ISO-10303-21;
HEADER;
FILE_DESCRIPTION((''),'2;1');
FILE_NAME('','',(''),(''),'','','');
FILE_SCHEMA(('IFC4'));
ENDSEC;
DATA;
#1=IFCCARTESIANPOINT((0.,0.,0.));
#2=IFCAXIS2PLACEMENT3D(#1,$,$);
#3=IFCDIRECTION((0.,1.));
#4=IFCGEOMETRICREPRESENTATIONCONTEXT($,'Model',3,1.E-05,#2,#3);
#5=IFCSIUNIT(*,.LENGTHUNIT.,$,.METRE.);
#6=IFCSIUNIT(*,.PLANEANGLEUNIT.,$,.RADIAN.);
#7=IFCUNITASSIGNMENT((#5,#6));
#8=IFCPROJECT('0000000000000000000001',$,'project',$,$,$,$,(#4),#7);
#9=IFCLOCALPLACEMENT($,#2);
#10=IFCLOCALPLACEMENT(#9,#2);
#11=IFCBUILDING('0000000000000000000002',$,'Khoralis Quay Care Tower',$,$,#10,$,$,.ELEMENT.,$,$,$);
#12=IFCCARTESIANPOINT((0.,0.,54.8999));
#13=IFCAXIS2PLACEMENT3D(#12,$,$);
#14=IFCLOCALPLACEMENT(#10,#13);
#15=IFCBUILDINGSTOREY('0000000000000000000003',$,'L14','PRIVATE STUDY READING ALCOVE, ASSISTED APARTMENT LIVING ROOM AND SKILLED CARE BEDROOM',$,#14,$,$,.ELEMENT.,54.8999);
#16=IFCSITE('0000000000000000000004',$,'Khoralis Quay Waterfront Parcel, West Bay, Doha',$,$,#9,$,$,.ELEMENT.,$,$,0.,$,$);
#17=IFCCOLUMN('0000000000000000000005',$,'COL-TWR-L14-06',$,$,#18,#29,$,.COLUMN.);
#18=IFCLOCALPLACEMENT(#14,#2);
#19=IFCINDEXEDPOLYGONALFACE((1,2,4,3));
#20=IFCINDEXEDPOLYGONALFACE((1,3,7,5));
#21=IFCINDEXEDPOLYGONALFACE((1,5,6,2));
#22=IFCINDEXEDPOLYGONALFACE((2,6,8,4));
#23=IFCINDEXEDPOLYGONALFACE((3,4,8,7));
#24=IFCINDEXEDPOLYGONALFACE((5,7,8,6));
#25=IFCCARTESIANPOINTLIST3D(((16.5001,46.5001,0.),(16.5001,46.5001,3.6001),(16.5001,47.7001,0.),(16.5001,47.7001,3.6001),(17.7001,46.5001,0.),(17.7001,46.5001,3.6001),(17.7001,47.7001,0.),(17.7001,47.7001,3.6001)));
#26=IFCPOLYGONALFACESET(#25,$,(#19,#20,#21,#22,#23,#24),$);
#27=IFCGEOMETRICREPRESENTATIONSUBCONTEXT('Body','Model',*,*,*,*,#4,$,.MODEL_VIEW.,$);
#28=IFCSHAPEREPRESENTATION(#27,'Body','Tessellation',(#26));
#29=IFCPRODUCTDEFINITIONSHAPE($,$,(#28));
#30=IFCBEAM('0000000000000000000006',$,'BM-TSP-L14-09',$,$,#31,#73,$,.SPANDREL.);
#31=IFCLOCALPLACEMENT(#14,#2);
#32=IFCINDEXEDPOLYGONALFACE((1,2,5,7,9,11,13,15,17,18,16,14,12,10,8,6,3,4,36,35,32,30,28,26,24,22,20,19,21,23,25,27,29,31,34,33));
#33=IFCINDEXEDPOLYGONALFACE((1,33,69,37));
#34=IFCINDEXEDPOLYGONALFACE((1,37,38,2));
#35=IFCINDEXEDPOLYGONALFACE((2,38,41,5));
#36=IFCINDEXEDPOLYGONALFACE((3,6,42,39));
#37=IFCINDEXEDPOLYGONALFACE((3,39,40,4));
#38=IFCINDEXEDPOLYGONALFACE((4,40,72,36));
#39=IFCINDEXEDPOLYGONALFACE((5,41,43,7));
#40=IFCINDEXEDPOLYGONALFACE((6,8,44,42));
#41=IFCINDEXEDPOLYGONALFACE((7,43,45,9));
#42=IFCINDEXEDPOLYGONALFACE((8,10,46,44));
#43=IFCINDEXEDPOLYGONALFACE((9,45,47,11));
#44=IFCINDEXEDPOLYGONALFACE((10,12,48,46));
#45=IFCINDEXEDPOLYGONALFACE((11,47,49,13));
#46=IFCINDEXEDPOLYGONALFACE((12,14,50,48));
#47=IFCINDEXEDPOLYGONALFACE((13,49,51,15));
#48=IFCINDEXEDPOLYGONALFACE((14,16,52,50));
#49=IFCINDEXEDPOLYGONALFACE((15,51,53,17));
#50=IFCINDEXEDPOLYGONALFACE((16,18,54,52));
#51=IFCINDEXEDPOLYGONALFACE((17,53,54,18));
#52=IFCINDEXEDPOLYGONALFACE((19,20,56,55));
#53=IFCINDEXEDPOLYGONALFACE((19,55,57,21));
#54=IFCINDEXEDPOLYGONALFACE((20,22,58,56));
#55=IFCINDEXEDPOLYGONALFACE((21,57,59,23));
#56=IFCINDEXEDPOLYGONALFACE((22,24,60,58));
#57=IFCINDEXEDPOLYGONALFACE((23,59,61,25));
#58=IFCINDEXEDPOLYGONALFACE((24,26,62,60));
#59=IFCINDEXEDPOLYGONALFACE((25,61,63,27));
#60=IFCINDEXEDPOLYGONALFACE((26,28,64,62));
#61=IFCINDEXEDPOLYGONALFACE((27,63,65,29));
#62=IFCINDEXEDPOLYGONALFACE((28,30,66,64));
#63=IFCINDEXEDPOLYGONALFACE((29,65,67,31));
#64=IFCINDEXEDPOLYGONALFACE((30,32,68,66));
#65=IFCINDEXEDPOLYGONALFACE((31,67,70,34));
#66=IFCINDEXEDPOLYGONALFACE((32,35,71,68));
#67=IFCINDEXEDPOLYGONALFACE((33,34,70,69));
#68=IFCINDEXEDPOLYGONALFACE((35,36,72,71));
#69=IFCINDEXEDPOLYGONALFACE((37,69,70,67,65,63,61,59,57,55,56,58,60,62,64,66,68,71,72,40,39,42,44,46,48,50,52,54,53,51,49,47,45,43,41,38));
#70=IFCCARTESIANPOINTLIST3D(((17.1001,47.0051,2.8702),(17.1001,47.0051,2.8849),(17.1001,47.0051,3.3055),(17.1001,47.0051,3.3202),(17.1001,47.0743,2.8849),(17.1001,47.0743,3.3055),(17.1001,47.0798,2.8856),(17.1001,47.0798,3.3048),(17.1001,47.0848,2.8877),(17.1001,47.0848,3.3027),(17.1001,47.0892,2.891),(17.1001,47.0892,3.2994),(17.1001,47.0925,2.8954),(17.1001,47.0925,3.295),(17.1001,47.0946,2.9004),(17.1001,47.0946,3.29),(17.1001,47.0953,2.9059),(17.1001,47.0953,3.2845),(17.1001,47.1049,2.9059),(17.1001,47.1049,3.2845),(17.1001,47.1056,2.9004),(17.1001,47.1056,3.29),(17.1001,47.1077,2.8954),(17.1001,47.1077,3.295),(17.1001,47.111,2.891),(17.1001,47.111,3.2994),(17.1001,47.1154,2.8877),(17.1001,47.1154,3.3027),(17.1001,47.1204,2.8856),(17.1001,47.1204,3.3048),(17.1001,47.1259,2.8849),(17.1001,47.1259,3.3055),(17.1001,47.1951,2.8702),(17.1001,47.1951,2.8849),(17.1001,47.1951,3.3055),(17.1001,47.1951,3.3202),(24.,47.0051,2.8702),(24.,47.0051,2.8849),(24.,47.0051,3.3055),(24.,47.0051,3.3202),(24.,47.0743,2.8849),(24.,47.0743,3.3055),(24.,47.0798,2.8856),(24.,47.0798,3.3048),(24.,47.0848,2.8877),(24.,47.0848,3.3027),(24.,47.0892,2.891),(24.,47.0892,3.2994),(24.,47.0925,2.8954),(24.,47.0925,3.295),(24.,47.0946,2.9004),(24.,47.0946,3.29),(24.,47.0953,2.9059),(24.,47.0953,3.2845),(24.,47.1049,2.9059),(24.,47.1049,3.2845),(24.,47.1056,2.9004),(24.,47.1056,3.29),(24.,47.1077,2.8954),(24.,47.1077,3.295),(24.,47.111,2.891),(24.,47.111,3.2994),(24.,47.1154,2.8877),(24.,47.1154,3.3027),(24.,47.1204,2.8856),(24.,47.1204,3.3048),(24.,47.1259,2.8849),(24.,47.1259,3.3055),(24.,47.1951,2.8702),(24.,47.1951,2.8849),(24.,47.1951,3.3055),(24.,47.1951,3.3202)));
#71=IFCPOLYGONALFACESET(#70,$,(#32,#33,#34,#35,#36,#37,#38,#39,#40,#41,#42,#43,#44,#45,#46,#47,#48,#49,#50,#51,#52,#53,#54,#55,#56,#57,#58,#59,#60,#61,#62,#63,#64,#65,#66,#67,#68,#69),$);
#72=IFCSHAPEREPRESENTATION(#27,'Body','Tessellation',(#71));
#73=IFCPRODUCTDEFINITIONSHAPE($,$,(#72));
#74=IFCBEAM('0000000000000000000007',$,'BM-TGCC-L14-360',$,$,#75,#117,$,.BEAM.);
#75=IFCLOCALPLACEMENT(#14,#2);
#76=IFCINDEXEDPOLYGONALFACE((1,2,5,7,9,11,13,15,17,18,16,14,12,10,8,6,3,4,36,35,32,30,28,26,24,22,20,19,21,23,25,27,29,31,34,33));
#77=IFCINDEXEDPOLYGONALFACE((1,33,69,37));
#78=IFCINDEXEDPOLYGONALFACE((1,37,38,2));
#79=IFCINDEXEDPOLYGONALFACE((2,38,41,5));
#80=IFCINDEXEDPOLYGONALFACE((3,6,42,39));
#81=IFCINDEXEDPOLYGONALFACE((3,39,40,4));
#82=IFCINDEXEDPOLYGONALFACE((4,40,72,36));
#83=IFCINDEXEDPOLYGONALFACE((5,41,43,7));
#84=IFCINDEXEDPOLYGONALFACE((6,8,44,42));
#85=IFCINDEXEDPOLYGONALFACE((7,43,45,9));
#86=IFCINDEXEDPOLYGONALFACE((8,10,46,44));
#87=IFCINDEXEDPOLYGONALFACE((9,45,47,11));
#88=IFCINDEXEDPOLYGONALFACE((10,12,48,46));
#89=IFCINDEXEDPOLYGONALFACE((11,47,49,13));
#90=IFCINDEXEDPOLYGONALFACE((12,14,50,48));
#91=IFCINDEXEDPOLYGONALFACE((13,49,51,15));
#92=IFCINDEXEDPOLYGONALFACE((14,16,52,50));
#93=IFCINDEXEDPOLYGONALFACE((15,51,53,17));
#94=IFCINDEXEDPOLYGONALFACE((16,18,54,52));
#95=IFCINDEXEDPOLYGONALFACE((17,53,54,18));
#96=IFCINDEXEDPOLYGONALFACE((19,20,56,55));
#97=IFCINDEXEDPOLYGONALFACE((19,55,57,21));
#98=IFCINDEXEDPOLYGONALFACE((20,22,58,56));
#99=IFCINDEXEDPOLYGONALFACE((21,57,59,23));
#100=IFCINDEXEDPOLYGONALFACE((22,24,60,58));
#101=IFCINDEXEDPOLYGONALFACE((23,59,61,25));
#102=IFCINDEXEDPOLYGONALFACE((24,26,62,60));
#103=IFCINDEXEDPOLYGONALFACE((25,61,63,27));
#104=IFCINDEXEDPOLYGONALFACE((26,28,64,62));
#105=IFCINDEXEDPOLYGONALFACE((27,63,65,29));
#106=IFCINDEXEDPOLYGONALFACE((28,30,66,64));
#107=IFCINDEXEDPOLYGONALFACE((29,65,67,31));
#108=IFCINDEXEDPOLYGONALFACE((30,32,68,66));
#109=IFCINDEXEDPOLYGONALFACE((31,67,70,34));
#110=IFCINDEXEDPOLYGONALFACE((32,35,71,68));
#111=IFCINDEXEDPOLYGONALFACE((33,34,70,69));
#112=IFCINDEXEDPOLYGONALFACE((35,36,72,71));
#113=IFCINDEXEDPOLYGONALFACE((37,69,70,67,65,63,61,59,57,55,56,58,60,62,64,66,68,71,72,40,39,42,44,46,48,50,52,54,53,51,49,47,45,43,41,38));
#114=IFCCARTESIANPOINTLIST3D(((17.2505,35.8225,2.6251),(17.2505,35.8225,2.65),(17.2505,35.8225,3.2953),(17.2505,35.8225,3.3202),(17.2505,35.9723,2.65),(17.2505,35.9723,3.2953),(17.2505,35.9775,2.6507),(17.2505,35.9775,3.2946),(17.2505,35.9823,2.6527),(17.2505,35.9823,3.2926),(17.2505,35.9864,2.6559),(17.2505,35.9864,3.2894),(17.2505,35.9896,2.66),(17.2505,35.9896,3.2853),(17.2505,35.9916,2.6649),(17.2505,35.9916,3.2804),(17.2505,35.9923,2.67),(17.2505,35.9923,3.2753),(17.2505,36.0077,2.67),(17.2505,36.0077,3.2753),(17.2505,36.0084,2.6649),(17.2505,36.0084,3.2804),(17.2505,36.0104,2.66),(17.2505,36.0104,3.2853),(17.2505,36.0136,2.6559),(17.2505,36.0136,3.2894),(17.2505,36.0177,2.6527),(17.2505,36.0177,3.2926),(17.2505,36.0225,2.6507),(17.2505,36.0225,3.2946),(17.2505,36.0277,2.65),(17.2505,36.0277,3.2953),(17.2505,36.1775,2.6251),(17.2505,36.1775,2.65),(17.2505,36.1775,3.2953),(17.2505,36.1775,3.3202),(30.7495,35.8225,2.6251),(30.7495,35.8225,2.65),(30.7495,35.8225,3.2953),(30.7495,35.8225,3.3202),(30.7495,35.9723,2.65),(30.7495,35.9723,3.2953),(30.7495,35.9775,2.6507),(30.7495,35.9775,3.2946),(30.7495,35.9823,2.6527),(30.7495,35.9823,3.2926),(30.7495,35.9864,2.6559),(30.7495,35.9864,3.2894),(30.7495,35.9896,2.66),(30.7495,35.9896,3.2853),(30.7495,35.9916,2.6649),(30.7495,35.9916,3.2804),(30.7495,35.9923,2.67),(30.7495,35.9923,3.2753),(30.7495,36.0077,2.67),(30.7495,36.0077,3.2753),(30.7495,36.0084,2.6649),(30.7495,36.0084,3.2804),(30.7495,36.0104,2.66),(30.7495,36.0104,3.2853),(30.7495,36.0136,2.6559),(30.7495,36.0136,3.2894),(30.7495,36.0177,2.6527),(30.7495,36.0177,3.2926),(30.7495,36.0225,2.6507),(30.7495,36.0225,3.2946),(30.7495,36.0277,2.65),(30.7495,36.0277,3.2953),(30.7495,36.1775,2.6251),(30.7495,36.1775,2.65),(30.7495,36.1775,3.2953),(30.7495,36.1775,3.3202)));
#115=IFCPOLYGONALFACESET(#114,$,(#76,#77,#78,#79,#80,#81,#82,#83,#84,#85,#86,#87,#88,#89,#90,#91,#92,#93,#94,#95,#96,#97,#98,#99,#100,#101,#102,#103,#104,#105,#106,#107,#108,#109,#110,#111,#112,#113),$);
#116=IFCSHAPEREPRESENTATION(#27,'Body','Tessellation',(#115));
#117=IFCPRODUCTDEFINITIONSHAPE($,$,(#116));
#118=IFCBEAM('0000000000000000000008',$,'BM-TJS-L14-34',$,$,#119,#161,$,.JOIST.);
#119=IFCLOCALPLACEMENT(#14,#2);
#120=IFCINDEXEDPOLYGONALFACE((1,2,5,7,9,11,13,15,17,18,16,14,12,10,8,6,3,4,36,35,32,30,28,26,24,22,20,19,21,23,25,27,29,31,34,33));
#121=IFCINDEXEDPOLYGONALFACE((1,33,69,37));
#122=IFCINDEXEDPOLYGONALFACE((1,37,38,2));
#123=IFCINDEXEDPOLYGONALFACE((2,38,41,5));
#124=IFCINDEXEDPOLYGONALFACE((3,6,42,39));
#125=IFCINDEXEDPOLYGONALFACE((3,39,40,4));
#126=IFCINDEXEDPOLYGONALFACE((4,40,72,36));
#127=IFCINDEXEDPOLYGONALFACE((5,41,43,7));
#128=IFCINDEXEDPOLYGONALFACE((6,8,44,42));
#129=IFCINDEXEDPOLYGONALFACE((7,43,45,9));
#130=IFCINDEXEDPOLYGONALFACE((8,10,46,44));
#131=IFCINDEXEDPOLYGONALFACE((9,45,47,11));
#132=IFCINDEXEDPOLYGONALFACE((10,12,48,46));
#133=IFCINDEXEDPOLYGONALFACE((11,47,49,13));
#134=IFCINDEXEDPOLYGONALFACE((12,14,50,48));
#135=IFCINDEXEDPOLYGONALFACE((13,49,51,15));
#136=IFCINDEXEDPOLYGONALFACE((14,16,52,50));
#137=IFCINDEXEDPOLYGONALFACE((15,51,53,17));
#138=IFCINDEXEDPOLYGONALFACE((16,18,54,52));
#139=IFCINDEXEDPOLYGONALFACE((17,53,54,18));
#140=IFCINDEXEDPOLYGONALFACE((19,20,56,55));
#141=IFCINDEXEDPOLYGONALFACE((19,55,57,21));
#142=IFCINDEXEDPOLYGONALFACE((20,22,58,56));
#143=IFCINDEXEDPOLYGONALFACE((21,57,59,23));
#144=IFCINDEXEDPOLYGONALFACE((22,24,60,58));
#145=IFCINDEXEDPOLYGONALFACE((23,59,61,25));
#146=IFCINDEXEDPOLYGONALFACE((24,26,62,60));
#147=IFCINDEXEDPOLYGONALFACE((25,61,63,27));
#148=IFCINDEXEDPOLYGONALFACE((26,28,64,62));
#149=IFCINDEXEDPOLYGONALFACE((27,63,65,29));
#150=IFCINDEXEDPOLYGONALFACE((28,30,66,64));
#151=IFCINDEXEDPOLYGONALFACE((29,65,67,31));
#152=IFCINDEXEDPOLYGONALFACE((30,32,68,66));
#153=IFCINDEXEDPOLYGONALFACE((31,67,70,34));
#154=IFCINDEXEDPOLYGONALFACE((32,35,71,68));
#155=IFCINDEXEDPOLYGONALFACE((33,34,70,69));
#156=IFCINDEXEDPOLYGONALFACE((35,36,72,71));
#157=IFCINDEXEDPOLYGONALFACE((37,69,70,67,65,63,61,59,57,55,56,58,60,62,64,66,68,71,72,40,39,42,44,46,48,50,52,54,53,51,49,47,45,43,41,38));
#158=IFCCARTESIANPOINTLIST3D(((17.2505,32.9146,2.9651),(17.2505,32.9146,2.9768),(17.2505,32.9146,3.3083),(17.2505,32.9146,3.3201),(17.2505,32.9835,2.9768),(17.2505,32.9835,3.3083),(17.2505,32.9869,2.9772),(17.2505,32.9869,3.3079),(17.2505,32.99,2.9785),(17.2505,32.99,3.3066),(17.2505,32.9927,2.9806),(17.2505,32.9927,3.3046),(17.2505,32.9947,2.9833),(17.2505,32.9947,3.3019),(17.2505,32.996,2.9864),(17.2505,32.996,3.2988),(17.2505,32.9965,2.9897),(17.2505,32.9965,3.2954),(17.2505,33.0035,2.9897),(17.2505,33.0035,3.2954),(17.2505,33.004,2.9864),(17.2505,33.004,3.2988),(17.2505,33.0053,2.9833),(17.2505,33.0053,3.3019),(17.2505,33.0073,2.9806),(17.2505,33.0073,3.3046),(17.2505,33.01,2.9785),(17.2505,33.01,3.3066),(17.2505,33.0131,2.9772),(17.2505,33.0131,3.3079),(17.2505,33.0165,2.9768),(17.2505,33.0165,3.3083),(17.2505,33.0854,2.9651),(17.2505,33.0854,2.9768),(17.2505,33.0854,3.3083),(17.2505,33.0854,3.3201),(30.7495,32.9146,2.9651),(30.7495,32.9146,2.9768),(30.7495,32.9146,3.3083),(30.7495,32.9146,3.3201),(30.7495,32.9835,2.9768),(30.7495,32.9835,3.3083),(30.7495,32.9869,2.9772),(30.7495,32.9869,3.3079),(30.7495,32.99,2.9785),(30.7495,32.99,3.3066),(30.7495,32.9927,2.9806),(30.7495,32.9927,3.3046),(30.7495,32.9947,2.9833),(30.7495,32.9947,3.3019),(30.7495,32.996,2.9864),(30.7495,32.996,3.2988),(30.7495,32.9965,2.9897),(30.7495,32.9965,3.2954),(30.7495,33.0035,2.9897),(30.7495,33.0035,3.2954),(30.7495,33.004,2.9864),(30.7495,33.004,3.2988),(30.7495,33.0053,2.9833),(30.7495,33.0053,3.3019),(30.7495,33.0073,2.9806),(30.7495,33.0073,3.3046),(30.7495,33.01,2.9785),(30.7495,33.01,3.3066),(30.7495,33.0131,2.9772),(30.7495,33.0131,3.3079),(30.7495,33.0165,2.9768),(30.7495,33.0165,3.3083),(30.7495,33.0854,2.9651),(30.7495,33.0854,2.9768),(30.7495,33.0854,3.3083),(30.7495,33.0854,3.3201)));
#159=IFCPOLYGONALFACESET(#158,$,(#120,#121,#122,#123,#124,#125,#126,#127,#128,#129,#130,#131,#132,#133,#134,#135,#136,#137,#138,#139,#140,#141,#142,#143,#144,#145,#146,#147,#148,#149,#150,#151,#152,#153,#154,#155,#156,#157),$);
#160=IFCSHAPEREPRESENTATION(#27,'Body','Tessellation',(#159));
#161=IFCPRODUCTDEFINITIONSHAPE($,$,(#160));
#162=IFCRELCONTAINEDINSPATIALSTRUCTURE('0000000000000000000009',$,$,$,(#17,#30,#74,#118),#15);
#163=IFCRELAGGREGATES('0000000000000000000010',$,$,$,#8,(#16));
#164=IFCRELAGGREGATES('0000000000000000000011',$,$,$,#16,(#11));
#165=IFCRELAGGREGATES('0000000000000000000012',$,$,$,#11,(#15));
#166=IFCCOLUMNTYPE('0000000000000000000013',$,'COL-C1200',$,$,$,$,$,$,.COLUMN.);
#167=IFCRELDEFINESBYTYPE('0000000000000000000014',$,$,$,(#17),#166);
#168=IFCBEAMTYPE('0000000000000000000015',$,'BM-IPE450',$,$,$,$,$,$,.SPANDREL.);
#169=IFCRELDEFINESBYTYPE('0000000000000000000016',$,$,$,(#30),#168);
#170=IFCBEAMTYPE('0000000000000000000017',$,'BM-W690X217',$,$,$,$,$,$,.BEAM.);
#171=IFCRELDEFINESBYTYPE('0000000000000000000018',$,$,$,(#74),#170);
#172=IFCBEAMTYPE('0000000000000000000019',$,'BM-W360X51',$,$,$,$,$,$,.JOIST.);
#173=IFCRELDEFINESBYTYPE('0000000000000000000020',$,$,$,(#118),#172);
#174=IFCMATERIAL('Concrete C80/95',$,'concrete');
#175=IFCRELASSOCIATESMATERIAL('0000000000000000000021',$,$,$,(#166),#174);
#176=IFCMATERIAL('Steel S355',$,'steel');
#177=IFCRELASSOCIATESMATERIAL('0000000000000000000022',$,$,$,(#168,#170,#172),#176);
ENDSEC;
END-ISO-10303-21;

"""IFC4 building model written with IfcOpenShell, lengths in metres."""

from ifc_helpers import new_model, si_unit, direction, frame, origin, origin_2d, place, context, subcontext, project, spatial, rectangle, i_section, extrude, source, transform, mapped, material, material_profile, profile_set, type_object, element, save


model = new_model("IFC4")

# Units and contexts
model_context = context("Model", 3, precision=1e-05, world=origin(), true_north=direction((0.0, 1.0)))
body_context = subcontext(model_context, "Body", "Model", "MODEL_VIEW")
ifc_project = project(units=[si_unit("LENGTHUNIT", "METRE"), si_unit("PLANEANGLEUNIT", "RADIAN")], contexts=[model_context])

# Site, building, storey
site_placement = place(None, origin())
site = spatial("IfcSite", under=ifc_project, at=site_placement, Name="Khoralis Quay Waterfront Parcel, West Bay, Doha", CompositionType="ELEMENT", RefElevation=0.0)
building_placement = place(site_placement, origin())
building = spatial("IfcBuilding", under=site, at=building_placement, Name="Khoralis Quay Care Tower", CompositionType="ELEMENT")
storey_placement = place(building_placement, frame((0.0, 0.0, 54.8999)))
storey = spatial("IfcBuildingStorey", under=building, at=storey_placement, Name="L14", Description="PRIVATE STUDY READING ALCOVE, ASSISTED APARTMENT LIVING ROOM AND SKILLED CARE BEDROOM", CompositionType="ELEMENT", Elevation=54.8999)

# Column
ifc_material_1 = material(Name="Concrete C80/95", Category="concrete")
ifc_material_profile_1 = material_profile(ifc_material_1, rectangle(XDim=1.2, YDim=1.2, at=origin_2d()), Name="Concrete C80/95")
ifc_profile_set_1 = profile_set([ifc_material_profile_1], Name="Concrete C80/95")
column_type = type_object("IfcColumnType", Name="COL-C1200", PredefinedType="COLUMN", material=ifc_profile_set_1)
shared_shape_1 = source(origin(), body_context, "Body", "SweptSolid", [
    extrude(rectangle(XDim=1.2, YDim=1.2, at=origin_2d()), origin(), (0.0, 0.0, 1.0), 3.6001),
])
column_placement = place(storey_placement, frame((17.1001, 47.1001, 0.0), z_axis=(0.0, 0.0, 1.0), x_axis=(1.0, 0.0, 0.0)))
element("IfcColumn", 1, at=column_placement, inside=storey, type_object=column_type, Name="COL-TWR-L14-06", PredefinedType="COLUMN", context=body_context, shape_type="MappedRepresentation", body=[
    mapped(shared_shape_1, transform((0.0, 0.0, 0.0), scale=1.0)),
])

# Beams
ifc_material_2 = material(Name="Steel S355", Category="steel")
ifc_material_profile_2 = material_profile(ifc_material_2, i_section(OverallWidth=0.1899, OverallDepth=0.45, WebThickness=0.0095, FlangeThickness=0.0146, FilletRadius=0.021, at=origin_2d()), Name="Steel S355")
ifc_profile_set_2 = profile_set([ifc_material_profile_2], Name="Steel S355")
beam_type_1 = type_object("IfcBeamType", Name="BM-IPE450", PredefinedType="SPANDREL", material=ifc_profile_set_2)
shared_shape_2 = source(origin(), body_context, "Body", "SweptSolid", [
    extrude(i_section(OverallWidth=0.1899, OverallDepth=0.45, WebThickness=0.0095, FlangeThickness=0.0146, FilletRadius=0.021, at=origin_2d()), origin(), (0.0, 0.0, 1.0), 6.8999),
])
beam_1_placement = place(storey_placement, frame((17.1001, 47.1001, 3.0952), z_axis=(1.0, 0.0, 0.0), x_axis=(0.0, 1.0, 0.0)))
element("IfcBeam", 2, at=beam_1_placement, inside=storey, type_object=beam_type_1, Name="BM-TSP-L14-09", PredefinedType="SPANDREL", context=body_context, shape_type="MappedRepresentation", body=[
    mapped(shared_shape_2, transform((0.0, 0.0, 0.0), scale=1.0)),
])
ifc_material_profile_3 = material_profile(ifc_material_2, i_section(OverallWidth=0.355, OverallDepth=0.6951, WebThickness=0.0154, FlangeThickness=0.0249, FilletRadius=0.02, at=origin_2d()), Name="Steel S355")
ifc_profile_set_3 = profile_set([ifc_material_profile_3], Name="Steel S355")
beam_type_2 = type_object("IfcBeamType", Name="BM-W690X217", PredefinedType="BEAM", material=ifc_profile_set_3)
shared_shape_3 = source(origin(), body_context, "Body", "SweptSolid", [
    extrude(i_section(OverallWidth=0.355, OverallDepth=0.6951, WebThickness=0.0154, FlangeThickness=0.0249, FilletRadius=0.02, at=origin_2d()), origin(), (0.0, 0.0, 1.0), 13.499),
])
beam_2_placement = place(storey_placement, frame((17.2505, 36.0, 2.9727), z_axis=(1.0, 0.0, 0.0), x_axis=(0.0, 1.0, 0.0)))
element("IfcBeam", 3, at=beam_2_placement, inside=storey, type_object=beam_type_2, Name="BM-TGCC-L14-360", PredefinedType="BEAM", context=body_context, shape_type="MappedRepresentation", body=[
    mapped(shared_shape_3, transform((0.0, 0.0, 0.0), scale=1.0)),
])
ifc_material_profile_4 = material_profile(ifc_material_2, i_section(OverallWidth=0.1709, OverallDepth=0.355, WebThickness=0.0071, FlangeThickness=0.0117, FilletRadius=0.0129, at=origin_2d()), Name="Steel S355")
ifc_profile_set_4 = profile_set([ifc_material_profile_4], Name="Steel S355")
beam_type_3 = type_object("IfcBeamType", Name="BM-W360X51", PredefinedType="JOIST", material=ifc_profile_set_4)
shared_shape_4 = source(origin(), body_context, "Body", "SweptSolid", [
    extrude(i_section(OverallWidth=0.1709, OverallDepth=0.355, WebThickness=0.0071, FlangeThickness=0.0117, FilletRadius=0.0129, at=origin_2d()), origin(), (0.0, 0.0, 1.0), 13.499),
])
for number, where, z_axis, x_axis, name in (
    (4, (17.2505, 33.0, 3.1426), (1.0, 0.0, 0.0), (0.0, 1.0, 0.0), "BM-TJS-L14-34"),
):
    element("IfcBeam", number, at=place(storey_placement, frame(where, z_axis=z_axis, x_axis=x_axis)), inside=storey, type_object=beam_type_3, Name=name, PredefinedType="JOIST", context=body_context, shape_type="MappedRepresentation", body=[
        mapped(shared_shape_4, transform((0.0, 0.0, 0.0), scale=1.0)),
    ])

save(model, "model.ifc")
